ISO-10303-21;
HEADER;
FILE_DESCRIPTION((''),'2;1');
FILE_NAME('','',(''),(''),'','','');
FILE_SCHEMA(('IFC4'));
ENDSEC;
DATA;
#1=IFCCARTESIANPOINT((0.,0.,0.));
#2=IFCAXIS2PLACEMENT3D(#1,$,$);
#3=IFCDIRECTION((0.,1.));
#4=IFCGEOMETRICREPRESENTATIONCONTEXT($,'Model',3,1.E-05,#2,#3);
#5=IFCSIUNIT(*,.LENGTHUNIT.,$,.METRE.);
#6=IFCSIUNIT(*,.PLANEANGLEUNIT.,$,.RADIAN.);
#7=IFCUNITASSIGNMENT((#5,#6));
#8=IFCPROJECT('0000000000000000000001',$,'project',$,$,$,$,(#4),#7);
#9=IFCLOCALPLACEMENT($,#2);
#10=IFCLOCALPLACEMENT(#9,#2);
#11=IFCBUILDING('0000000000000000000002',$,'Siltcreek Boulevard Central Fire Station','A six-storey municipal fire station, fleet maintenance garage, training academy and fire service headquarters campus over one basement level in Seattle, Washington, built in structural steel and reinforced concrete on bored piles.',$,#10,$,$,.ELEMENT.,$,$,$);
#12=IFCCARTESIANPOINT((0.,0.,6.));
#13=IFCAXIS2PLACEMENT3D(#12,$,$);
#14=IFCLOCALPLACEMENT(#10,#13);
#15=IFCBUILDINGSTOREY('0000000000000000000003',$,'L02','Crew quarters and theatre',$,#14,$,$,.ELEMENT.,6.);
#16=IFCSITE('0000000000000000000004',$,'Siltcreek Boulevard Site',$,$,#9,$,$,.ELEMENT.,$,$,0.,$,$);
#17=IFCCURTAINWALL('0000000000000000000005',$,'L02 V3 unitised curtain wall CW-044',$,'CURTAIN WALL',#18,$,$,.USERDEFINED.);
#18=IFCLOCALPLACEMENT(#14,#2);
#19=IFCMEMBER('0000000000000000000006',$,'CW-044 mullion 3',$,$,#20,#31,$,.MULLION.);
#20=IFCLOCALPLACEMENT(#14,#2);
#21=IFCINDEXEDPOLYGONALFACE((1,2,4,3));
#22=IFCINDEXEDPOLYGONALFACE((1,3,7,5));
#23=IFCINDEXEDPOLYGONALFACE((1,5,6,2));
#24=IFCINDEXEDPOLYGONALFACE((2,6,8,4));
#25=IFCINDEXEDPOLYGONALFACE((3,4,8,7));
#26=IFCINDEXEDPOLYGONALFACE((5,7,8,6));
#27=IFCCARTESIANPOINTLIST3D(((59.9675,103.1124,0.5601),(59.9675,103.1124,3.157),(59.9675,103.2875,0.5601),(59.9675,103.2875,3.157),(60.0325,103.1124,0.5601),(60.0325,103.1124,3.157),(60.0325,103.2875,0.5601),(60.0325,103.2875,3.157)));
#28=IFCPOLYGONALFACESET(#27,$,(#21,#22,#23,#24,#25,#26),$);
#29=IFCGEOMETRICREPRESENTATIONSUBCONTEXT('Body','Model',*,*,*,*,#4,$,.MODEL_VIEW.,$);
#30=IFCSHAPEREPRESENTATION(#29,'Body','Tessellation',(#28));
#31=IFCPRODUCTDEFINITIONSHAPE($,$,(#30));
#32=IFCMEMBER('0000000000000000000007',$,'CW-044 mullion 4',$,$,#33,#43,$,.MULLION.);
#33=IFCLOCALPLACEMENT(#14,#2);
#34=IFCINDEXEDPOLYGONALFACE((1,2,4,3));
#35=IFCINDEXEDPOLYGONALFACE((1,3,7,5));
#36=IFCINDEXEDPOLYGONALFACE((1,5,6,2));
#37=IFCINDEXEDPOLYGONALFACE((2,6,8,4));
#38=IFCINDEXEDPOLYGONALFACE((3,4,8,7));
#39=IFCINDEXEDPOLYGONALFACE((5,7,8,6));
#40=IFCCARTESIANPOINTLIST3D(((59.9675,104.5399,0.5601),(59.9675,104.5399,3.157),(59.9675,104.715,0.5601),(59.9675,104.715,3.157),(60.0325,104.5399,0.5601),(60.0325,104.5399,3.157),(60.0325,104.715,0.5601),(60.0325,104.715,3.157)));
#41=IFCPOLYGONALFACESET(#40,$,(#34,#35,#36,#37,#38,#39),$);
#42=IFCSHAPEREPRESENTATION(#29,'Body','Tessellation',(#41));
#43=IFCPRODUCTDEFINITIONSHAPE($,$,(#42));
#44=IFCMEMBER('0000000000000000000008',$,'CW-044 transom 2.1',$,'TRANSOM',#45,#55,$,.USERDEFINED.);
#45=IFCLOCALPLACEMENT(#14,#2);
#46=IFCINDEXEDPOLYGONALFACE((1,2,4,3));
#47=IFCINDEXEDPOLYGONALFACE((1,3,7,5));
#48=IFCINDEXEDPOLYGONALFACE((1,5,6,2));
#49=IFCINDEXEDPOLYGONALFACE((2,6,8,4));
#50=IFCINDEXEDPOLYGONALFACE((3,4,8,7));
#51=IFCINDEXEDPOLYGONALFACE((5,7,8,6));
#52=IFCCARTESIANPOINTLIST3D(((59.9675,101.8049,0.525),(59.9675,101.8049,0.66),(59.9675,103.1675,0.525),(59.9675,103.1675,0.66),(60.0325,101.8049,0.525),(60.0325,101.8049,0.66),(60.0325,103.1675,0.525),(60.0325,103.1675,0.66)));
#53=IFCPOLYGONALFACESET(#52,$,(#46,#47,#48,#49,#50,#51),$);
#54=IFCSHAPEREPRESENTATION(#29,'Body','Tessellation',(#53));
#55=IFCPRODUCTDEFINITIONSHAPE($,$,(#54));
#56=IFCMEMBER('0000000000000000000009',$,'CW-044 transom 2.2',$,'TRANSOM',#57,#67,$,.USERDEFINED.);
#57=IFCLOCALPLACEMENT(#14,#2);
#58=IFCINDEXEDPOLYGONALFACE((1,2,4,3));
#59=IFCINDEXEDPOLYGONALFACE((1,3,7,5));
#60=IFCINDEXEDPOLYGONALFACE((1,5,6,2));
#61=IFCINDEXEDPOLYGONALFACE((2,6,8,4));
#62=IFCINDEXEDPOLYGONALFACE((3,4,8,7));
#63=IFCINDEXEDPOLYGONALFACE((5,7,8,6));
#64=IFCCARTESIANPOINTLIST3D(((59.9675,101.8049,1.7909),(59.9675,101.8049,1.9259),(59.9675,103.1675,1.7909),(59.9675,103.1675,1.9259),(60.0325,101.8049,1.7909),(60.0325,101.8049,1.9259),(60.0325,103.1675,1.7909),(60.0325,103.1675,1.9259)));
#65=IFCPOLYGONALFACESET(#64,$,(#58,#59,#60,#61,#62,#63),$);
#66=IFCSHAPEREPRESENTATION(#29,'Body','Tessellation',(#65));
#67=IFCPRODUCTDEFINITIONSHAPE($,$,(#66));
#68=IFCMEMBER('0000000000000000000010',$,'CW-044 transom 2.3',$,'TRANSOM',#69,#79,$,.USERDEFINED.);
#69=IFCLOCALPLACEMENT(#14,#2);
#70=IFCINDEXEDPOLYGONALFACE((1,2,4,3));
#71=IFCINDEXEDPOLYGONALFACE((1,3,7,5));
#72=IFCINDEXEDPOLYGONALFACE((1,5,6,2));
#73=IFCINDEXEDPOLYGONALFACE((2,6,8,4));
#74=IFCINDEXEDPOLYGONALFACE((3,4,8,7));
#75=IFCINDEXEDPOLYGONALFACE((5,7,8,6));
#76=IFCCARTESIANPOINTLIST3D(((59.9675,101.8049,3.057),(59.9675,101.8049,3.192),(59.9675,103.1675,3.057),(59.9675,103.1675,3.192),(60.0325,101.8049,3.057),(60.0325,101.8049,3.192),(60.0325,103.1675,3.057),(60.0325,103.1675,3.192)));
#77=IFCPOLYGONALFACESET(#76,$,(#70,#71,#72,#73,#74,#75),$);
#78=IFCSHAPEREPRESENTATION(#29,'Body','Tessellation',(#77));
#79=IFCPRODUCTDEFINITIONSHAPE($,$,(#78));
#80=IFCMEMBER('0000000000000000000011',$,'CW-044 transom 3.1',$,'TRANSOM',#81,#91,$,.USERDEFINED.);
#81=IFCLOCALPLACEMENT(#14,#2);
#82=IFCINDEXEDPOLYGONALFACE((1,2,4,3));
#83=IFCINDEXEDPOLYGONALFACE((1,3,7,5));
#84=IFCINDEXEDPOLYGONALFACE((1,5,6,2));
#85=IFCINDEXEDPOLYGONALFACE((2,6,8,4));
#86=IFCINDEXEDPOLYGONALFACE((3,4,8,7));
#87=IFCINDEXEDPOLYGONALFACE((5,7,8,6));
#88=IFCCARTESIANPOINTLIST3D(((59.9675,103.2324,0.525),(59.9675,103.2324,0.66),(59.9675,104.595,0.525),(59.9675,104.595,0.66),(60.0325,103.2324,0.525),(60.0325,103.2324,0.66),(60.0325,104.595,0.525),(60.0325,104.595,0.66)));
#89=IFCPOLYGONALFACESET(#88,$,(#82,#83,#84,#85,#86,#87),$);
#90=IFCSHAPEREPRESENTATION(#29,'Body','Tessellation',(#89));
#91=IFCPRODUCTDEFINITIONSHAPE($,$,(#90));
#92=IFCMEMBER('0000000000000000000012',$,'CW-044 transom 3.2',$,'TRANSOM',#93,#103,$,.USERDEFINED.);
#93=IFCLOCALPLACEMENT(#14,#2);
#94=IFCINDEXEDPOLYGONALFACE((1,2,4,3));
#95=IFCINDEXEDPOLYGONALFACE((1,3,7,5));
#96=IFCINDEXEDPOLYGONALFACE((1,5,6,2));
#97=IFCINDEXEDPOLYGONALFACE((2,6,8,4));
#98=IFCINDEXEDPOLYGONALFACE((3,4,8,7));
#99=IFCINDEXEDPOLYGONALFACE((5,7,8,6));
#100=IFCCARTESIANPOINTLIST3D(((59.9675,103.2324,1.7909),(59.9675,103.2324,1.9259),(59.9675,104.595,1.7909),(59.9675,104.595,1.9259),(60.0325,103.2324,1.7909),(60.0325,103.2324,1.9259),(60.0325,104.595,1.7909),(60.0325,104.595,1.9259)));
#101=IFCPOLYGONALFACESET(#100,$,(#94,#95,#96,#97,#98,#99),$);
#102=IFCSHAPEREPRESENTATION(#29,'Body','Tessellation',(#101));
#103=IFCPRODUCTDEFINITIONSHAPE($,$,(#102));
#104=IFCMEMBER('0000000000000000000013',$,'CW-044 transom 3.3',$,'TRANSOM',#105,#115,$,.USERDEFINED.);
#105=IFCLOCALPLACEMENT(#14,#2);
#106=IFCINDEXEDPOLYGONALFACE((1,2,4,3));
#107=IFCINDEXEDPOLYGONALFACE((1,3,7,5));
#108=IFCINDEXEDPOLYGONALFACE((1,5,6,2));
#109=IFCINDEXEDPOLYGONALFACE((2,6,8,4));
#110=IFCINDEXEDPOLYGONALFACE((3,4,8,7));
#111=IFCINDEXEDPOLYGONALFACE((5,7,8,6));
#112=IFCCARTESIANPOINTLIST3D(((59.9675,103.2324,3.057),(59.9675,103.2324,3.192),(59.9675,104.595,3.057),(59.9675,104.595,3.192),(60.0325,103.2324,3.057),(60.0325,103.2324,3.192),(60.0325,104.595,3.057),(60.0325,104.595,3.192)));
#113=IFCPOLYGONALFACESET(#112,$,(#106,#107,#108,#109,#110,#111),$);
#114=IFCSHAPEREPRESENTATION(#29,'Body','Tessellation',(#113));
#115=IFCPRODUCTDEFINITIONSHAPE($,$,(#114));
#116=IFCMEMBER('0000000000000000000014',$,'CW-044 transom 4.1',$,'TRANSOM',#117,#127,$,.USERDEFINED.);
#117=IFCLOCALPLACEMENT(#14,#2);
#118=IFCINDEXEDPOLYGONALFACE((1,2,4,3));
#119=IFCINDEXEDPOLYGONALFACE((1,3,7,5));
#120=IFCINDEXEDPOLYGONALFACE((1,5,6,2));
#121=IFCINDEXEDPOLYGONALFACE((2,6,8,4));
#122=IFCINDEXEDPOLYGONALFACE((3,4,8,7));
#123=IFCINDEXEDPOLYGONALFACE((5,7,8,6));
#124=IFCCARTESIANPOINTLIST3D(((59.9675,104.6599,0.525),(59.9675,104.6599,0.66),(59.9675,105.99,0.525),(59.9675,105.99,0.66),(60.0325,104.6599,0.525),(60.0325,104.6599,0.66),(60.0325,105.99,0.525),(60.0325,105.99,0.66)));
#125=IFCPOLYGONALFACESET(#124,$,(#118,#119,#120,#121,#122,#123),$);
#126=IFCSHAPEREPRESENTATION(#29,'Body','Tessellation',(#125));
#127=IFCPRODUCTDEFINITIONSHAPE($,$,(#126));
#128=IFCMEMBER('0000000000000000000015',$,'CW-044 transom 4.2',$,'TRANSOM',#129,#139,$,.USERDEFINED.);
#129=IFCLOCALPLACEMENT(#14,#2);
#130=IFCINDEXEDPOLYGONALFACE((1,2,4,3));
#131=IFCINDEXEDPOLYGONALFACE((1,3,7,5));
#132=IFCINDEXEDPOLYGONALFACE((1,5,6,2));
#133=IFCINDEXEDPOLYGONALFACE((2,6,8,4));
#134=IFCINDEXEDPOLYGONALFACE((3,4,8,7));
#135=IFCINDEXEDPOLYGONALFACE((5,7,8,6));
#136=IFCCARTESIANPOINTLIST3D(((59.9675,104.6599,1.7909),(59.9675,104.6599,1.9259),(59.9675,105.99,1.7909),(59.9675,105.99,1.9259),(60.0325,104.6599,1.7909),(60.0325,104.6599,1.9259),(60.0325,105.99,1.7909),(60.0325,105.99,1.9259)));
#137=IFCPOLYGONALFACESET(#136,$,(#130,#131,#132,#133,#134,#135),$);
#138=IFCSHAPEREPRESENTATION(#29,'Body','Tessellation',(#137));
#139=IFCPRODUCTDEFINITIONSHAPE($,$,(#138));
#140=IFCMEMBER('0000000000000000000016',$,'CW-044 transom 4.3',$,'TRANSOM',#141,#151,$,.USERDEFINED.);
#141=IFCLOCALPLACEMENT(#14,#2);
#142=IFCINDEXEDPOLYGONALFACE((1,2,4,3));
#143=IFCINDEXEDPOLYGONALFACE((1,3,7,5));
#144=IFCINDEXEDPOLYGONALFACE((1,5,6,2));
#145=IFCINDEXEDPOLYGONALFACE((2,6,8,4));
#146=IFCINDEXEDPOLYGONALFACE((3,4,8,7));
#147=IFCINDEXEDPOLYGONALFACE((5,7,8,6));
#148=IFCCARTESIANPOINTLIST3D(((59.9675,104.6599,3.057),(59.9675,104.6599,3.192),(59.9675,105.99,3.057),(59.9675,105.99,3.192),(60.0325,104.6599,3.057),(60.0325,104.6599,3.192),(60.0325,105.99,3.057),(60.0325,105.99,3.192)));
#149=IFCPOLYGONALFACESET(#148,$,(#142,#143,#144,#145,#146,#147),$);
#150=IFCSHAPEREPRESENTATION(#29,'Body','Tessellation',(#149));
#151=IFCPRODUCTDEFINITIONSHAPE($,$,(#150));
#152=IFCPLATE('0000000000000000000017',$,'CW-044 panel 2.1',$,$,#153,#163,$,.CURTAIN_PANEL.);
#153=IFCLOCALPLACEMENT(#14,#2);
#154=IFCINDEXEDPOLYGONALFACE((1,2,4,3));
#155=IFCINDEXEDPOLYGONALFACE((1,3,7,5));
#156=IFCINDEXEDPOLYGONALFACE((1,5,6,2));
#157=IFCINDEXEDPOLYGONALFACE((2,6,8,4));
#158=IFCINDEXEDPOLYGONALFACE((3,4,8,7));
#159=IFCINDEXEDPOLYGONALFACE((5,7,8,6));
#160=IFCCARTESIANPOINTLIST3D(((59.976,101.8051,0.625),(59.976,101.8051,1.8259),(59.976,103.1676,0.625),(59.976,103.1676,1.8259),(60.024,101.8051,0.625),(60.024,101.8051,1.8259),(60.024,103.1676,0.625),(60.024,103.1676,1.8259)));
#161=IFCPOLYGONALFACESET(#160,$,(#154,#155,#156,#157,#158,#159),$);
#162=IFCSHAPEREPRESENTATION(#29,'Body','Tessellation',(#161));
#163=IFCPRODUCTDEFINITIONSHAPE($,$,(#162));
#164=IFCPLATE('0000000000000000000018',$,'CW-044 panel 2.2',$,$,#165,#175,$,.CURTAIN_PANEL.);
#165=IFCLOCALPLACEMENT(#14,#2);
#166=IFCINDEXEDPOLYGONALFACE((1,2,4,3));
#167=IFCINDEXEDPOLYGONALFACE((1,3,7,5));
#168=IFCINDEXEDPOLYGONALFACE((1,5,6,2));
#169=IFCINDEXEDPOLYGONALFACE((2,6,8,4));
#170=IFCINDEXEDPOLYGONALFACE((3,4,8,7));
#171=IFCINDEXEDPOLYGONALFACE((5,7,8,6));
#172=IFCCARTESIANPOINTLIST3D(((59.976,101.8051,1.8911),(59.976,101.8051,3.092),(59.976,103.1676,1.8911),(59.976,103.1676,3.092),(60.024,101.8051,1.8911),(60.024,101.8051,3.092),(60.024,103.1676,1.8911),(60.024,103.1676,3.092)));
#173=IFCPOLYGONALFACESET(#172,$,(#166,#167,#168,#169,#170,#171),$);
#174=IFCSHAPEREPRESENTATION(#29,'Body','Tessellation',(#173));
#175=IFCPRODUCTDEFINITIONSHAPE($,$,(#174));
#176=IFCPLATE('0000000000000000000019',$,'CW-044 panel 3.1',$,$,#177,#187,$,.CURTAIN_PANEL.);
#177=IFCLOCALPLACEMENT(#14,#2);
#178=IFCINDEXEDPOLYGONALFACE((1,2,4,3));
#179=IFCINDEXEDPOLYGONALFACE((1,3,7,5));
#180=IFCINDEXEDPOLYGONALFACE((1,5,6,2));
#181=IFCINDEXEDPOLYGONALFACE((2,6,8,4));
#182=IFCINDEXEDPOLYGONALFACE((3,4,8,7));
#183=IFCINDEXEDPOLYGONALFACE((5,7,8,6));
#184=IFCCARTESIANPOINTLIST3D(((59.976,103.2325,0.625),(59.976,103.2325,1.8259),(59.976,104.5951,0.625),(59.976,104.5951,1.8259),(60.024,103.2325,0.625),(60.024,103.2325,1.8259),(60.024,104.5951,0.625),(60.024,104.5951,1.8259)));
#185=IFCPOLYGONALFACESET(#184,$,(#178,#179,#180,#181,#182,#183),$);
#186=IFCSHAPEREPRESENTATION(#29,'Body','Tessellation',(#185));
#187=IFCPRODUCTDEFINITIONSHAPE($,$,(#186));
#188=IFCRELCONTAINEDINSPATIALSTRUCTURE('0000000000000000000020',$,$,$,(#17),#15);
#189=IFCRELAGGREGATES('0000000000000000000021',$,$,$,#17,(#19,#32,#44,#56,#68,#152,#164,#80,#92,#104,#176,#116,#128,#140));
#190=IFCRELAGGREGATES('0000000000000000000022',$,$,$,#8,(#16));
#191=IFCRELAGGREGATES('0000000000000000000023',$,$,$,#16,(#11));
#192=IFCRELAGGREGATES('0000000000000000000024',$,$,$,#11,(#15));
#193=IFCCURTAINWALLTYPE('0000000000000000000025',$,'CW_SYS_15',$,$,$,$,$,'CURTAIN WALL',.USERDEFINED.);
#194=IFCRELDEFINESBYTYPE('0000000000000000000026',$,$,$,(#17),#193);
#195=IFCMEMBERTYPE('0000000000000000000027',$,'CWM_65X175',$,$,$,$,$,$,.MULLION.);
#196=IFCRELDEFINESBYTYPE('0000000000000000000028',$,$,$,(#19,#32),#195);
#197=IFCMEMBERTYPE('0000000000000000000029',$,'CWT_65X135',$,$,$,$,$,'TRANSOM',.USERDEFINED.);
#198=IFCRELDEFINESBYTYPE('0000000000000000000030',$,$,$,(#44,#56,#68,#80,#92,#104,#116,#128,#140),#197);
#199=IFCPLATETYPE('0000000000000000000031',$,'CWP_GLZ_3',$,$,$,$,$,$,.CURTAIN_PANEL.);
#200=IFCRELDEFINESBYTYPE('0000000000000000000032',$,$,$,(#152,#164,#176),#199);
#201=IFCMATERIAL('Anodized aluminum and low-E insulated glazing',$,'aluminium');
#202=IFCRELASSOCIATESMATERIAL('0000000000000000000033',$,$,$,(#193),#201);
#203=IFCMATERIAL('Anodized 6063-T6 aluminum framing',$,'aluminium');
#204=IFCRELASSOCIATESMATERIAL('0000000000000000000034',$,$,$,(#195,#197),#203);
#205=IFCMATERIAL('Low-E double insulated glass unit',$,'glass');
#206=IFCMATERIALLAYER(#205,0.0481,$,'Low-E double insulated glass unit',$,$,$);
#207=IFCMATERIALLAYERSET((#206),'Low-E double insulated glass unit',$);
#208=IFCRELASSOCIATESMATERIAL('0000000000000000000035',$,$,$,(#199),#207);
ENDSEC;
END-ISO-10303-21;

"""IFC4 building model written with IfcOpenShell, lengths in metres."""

from ifc_helpers import new_model, si_unit, direction, frame, origin, origin_2d, place, context, subcontext, project, spatial, rectangle, extrude, material, layer, layer_set, material_profile, profile_set, type_object, element, aggregate, save


model = new_model("IFC4")

# Units and contexts
model_context = context("Model", 3, precision=1e-05, world=origin(), true_north=direction((0.0, 1.0)))
body_context = subcontext(model_context, "Body", "Model", "MODEL_VIEW")
ifc_project = project(units=[si_unit("LENGTHUNIT", "METRE"), si_unit("PLANEANGLEUNIT", "RADIAN")], contexts=[model_context])

# Site, building, storey
site_placement = place(None, origin())
site = spatial("IfcSite", under=ifc_project, at=site_placement, Name="Siltcreek Boulevard Site", CompositionType="ELEMENT", RefElevation=0.0)
building_placement = place(site_placement, origin())
building = spatial("IfcBuilding", under=site, at=building_placement, Name="Siltcreek Boulevard Central Fire Station", Description="A six-storey municipal fire station, fleet maintenance garage, training academy and fire service headquarters campus over one basement level in Seattle, Washington, built in structural steel and reinforced concrete on bored piles.", CompositionType="ELEMENT")
storey_placement = place(building_placement, frame((0.0, 0.0, 6.0)))
storey = spatial("IfcBuildingStorey", under=building, at=storey_placement, Name="L02", Description="Crew quarters and theatre", CompositionType="ELEMENT", Elevation=6.0)

# Curtain wall, members, plates
ifc_material_1 = material(Name="Anodized aluminum and low-E insulated glazing", Category="aluminium")
curtain_wall_type = type_object("IfcCurtainWallType", Name="CW_SYS_15", ElementType="CURTAIN WALL", PredefinedType="USERDEFINED", material=ifc_material_1)
curtain_wall_placement = place(storey_placement, origin())
curtain_wall = element("IfcCurtainWall", 1, at=curtain_wall_placement, inside=storey, type_object=curtain_wall_type, Name="L02 V3 unitised curtain wall CW-044", ObjectType="CURTAIN WALL", PredefinedType="USERDEFINED")
ifc_material_2 = material(Name="Anodized 6063-T6 aluminum framing", Category="aluminium")
ifc_material_profile_1 = material_profile(ifc_material_2, rectangle(XDim=0.0649, YDim=0.175, at=origin_2d()), Name="MULL65X175")
ifc_profile_set_1 = profile_set([ifc_material_profile_1], Name="Anodized 6063-T6 aluminum framing")
member_type_1 = type_object("IfcMemberType", Name="CWM_65X175", PredefinedType="MULLION", material=ifc_profile_set_1)
member_1_placement = place(storey_placement, frame((60.0, 103.2, 0.5601), z_axis=(0.0, 0.0, 1.0), x_axis=(-1.0, 0.0, 0.0)))
member_1 = element("IfcMember", 2, at=member_1_placement, type_object=member_type_1, Name="CW-044 mullion 3", PredefinedType="MULLION", context=body_context, shape_type="SweptSolid", body=[
    extrude(rectangle(XDim=0.0649, YDim=0.175, at=origin_2d()), origin(), (0.0, 0.0, 1.0), 2.5969),
])
member_2_placement = place(storey_placement, frame((60.0, 104.6274, 0.5601), z_axis=(0.0, 0.0, 1.0), x_axis=(-1.0, 0.0, 0.0)))
member_2 = element("IfcMember", 3, at=member_2_placement, type_object=member_type_1, Name="CW-044 mullion 4", PredefinedType="MULLION", context=body_context, shape_type="SweptSolid", body=[
    extrude(rectangle(XDim=0.0649, YDim=0.175, at=origin_2d()), origin(), (0.0, 0.0, 1.0), 2.5969),
])
ifc_material_profile_2 = material_profile(ifc_material_2, rectangle(XDim=0.0649, YDim=0.135, at=origin_2d()), Name="TRAN65X135")
ifc_profile_set_2 = profile_set([ifc_material_profile_2], Name="Anodized 6063-T6 aluminum framing")
member_type_2 = type_object("IfcMemberType", Name="CWT_65X135", ElementType="TRANSOM", PredefinedType="USERDEFINED", material=ifc_profile_set_2)
member_3_placement = place(storey_placement, frame((60.0, 101.8049, 0.5925), z_axis=(0.0, 1.0, 0.0), x_axis=(-1.0, 0.0, 0.0)))
member_3 = element("IfcMember", 4, at=member_3_placement, type_object=member_type_2, Name="CW-044 transom 2.1", ObjectType="TRANSOM", PredefinedType="USERDEFINED", context=body_context, shape_type="SweptSolid", body=[
    extrude(rectangle(XDim=0.0649, YDim=0.135, at=origin_2d()), origin(), (0.0, 0.0, 1.0), 1.3625),
])
member_4_placement = place(storey_placement, frame((60.0, 101.8049, 1.8584), z_axis=(0.0, 1.0, 0.0), x_axis=(-1.0, 0.0, 0.0)))
member_4 = element("IfcMember", 5, at=member_4_placement, type_object=member_type_2, Name="CW-044 transom 2.2", ObjectType="TRANSOM", PredefinedType="USERDEFINED", context=body_context, shape_type="SweptSolid", body=[
    extrude(rectangle(XDim=0.0649, YDim=0.135, at=origin_2d()), origin(), (0.0, 0.0, 1.0), 1.3625),
])
member_5_placement = place(storey_placement, frame((60.0, 101.8049, 3.1245), z_axis=(0.0, 1.0, 0.0), x_axis=(-1.0, 0.0, 0.0)))
member_5 = element("IfcMember", 6, at=member_5_placement, type_object=member_type_2, Name="CW-044 transom 2.3", ObjectType="TRANSOM", PredefinedType="USERDEFINED", context=body_context, shape_type="SweptSolid", body=[
    extrude(rectangle(XDim=0.0649, YDim=0.135, at=origin_2d()), origin(), (0.0, 0.0, 1.0), 1.3625),
])
member_6_placement = place(storey_placement, frame((60.0, 103.2324, 0.5925), z_axis=(0.0, 1.0, 0.0), x_axis=(-1.0, 0.0, 0.0)))
member_6 = element("IfcMember", 7, at=member_6_placement, type_object=member_type_2, Name="CW-044 transom 3.1", ObjectType="TRANSOM", PredefinedType="USERDEFINED", context=body_context, shape_type="SweptSolid", body=[
    extrude(rectangle(XDim=0.0649, YDim=0.135, at=origin_2d()), origin(), (0.0, 0.0, 1.0), 1.3625),
])
member_7_placement = place(storey_placement, frame((60.0, 103.2324, 1.8584), z_axis=(0.0, 1.0, 0.0), x_axis=(-1.0, 0.0, 0.0)))
member_7 = element("IfcMember", 8, at=member_7_placement, type_object=member_type_2, Name="CW-044 transom 3.2", ObjectType="TRANSOM", PredefinedType="USERDEFINED", context=body_context, shape_type="SweptSolid", body=[
    extrude(rectangle(XDim=0.0649, YDim=0.135, at=origin_2d()), origin(), (0.0, 0.0, 1.0), 1.3625),
])
member_8_placement = place(storey_placement, frame((60.0, 103.2324, 3.1245), z_axis=(0.0, 1.0, 0.0), x_axis=(-1.0, 0.0, 0.0)))
member_8 = element("IfcMember", 9, at=member_8_placement, type_object=member_type_2, Name="CW-044 transom 3.3", ObjectType="TRANSOM", PredefinedType="USERDEFINED", context=body_context, shape_type="SweptSolid", body=[
    extrude(rectangle(XDim=0.0649, YDim=0.135, at=origin_2d()), origin(), (0.0, 0.0, 1.0), 1.3625),
])
member_9_placement = place(storey_placement, frame((60.0, 104.6599, 0.5925), z_axis=(0.0, 1.0, 0.0), x_axis=(-1.0, 0.0, 0.0)))
member_9 = element("IfcMember", 10, at=member_9_placement, type_object=member_type_2, Name="CW-044 transom 4.1", ObjectType="TRANSOM", PredefinedType="USERDEFINED", context=body_context, shape_type="SweptSolid", body=[
    extrude(rectangle(XDim=0.0649, YDim=0.135, at=origin_2d()), origin(), (0.0, 0.0, 1.0), 1.3301),
])
member_10_placement = place(storey_placement, frame((60.0, 104.6599, 1.8584), z_axis=(0.0, 1.0, 0.0), x_axis=(-1.0, 0.0, 0.0)))
member_10 = element("IfcMember", 11, at=member_10_placement, type_object=member_type_2, Name="CW-044 transom 4.2", ObjectType="TRANSOM", PredefinedType="USERDEFINED", context=body_context, shape_type="SweptSolid", body=[
    extrude(rectangle(XDim=0.0649, YDim=0.135, at=origin_2d()), origin(), (0.0, 0.0, 1.0), 1.3301),
])
member_11_placement = place(storey_placement, frame((60.0, 104.6599, 3.1245), z_axis=(0.0, 1.0, 0.0), x_axis=(-1.0, 0.0, 0.0)))
member_11 = element("IfcMember", 12, at=member_11_placement, type_object=member_type_2, Name="CW-044 transom 4.3", ObjectType="TRANSOM", PredefinedType="USERDEFINED", context=body_context, shape_type="SweptSolid", body=[
    extrude(rectangle(XDim=0.0649, YDim=0.135, at=origin_2d()), origin(), (0.0, 0.0, 1.0), 1.3301),
])
ifc_material_3 = material(Name="Low-E double insulated glass unit", Category="glass")
ifc_layer_1 = layer(ifc_material_3, 0.0481, Name="Low-E double insulated glass unit")
ifc_layer_set_1 = layer_set([ifc_layer_1], Name="Low-E double insulated glass unit")
plate_type = type_object("IfcPlateType", Name="CWP_GLZ_3", PredefinedType="CURTAIN_PANEL", material=ifc_layer_set_1)
plate_1_placement = place(storey_placement, frame((60.0, 102.4863, 0.625), z_axis=(0.0, 0.0, 1.0), x_axis=(0.0, 1.0, 0.0)))
plate_1 = element("IfcPlate", 13, at=plate_1_placement, type_object=plate_type, Name="CW-044 panel 2.1", PredefinedType="CURTAIN_PANEL", context=body_context, shape_type="SweptSolid", body=[
    extrude(rectangle(XDim=1.3625, YDim=0.0481, at=origin_2d()), origin(), (0.0, 0.0, 1.0), 1.2009),
])
plate_2_placement = place(storey_placement, frame((60.0, 102.4863, 1.8911), z_axis=(0.0, 0.0, 1.0), x_axis=(0.0, 1.0, 0.0)))
plate_2 = element("IfcPlate", 14, at=plate_2_placement, type_object=plate_type, Name="CW-044 panel 2.2", PredefinedType="CURTAIN_PANEL", context=body_context, shape_type="SweptSolid", body=[
    extrude(rectangle(XDim=1.3625, YDim=0.0481, at=origin_2d()), origin(), (0.0, 0.0, 1.0), 1.2009),
])
plate_3_placement = place(storey_placement, frame((60.0, 103.9138, 0.625), z_axis=(0.0, 0.0, 1.0), x_axis=(0.0, 1.0, 0.0)))
plate_3 = element("IfcPlate", 15, at=plate_3_placement, type_object=plate_type, Name="CW-044 panel 3.1", PredefinedType="CURTAIN_PANEL", context=body_context, shape_type="SweptSolid", body=[
    extrude(rectangle(XDim=1.3625, YDim=0.0481, at=origin_2d()), origin(), (0.0, 0.0, 1.0), 1.2009),
])
aggregate(curtain_wall, [member_1, member_2, member_3, member_4, member_5, plate_1, plate_2, member_6, member_7, member_8, plate_3, member_9, member_10, member_11])

save(model, "model.ifc")
